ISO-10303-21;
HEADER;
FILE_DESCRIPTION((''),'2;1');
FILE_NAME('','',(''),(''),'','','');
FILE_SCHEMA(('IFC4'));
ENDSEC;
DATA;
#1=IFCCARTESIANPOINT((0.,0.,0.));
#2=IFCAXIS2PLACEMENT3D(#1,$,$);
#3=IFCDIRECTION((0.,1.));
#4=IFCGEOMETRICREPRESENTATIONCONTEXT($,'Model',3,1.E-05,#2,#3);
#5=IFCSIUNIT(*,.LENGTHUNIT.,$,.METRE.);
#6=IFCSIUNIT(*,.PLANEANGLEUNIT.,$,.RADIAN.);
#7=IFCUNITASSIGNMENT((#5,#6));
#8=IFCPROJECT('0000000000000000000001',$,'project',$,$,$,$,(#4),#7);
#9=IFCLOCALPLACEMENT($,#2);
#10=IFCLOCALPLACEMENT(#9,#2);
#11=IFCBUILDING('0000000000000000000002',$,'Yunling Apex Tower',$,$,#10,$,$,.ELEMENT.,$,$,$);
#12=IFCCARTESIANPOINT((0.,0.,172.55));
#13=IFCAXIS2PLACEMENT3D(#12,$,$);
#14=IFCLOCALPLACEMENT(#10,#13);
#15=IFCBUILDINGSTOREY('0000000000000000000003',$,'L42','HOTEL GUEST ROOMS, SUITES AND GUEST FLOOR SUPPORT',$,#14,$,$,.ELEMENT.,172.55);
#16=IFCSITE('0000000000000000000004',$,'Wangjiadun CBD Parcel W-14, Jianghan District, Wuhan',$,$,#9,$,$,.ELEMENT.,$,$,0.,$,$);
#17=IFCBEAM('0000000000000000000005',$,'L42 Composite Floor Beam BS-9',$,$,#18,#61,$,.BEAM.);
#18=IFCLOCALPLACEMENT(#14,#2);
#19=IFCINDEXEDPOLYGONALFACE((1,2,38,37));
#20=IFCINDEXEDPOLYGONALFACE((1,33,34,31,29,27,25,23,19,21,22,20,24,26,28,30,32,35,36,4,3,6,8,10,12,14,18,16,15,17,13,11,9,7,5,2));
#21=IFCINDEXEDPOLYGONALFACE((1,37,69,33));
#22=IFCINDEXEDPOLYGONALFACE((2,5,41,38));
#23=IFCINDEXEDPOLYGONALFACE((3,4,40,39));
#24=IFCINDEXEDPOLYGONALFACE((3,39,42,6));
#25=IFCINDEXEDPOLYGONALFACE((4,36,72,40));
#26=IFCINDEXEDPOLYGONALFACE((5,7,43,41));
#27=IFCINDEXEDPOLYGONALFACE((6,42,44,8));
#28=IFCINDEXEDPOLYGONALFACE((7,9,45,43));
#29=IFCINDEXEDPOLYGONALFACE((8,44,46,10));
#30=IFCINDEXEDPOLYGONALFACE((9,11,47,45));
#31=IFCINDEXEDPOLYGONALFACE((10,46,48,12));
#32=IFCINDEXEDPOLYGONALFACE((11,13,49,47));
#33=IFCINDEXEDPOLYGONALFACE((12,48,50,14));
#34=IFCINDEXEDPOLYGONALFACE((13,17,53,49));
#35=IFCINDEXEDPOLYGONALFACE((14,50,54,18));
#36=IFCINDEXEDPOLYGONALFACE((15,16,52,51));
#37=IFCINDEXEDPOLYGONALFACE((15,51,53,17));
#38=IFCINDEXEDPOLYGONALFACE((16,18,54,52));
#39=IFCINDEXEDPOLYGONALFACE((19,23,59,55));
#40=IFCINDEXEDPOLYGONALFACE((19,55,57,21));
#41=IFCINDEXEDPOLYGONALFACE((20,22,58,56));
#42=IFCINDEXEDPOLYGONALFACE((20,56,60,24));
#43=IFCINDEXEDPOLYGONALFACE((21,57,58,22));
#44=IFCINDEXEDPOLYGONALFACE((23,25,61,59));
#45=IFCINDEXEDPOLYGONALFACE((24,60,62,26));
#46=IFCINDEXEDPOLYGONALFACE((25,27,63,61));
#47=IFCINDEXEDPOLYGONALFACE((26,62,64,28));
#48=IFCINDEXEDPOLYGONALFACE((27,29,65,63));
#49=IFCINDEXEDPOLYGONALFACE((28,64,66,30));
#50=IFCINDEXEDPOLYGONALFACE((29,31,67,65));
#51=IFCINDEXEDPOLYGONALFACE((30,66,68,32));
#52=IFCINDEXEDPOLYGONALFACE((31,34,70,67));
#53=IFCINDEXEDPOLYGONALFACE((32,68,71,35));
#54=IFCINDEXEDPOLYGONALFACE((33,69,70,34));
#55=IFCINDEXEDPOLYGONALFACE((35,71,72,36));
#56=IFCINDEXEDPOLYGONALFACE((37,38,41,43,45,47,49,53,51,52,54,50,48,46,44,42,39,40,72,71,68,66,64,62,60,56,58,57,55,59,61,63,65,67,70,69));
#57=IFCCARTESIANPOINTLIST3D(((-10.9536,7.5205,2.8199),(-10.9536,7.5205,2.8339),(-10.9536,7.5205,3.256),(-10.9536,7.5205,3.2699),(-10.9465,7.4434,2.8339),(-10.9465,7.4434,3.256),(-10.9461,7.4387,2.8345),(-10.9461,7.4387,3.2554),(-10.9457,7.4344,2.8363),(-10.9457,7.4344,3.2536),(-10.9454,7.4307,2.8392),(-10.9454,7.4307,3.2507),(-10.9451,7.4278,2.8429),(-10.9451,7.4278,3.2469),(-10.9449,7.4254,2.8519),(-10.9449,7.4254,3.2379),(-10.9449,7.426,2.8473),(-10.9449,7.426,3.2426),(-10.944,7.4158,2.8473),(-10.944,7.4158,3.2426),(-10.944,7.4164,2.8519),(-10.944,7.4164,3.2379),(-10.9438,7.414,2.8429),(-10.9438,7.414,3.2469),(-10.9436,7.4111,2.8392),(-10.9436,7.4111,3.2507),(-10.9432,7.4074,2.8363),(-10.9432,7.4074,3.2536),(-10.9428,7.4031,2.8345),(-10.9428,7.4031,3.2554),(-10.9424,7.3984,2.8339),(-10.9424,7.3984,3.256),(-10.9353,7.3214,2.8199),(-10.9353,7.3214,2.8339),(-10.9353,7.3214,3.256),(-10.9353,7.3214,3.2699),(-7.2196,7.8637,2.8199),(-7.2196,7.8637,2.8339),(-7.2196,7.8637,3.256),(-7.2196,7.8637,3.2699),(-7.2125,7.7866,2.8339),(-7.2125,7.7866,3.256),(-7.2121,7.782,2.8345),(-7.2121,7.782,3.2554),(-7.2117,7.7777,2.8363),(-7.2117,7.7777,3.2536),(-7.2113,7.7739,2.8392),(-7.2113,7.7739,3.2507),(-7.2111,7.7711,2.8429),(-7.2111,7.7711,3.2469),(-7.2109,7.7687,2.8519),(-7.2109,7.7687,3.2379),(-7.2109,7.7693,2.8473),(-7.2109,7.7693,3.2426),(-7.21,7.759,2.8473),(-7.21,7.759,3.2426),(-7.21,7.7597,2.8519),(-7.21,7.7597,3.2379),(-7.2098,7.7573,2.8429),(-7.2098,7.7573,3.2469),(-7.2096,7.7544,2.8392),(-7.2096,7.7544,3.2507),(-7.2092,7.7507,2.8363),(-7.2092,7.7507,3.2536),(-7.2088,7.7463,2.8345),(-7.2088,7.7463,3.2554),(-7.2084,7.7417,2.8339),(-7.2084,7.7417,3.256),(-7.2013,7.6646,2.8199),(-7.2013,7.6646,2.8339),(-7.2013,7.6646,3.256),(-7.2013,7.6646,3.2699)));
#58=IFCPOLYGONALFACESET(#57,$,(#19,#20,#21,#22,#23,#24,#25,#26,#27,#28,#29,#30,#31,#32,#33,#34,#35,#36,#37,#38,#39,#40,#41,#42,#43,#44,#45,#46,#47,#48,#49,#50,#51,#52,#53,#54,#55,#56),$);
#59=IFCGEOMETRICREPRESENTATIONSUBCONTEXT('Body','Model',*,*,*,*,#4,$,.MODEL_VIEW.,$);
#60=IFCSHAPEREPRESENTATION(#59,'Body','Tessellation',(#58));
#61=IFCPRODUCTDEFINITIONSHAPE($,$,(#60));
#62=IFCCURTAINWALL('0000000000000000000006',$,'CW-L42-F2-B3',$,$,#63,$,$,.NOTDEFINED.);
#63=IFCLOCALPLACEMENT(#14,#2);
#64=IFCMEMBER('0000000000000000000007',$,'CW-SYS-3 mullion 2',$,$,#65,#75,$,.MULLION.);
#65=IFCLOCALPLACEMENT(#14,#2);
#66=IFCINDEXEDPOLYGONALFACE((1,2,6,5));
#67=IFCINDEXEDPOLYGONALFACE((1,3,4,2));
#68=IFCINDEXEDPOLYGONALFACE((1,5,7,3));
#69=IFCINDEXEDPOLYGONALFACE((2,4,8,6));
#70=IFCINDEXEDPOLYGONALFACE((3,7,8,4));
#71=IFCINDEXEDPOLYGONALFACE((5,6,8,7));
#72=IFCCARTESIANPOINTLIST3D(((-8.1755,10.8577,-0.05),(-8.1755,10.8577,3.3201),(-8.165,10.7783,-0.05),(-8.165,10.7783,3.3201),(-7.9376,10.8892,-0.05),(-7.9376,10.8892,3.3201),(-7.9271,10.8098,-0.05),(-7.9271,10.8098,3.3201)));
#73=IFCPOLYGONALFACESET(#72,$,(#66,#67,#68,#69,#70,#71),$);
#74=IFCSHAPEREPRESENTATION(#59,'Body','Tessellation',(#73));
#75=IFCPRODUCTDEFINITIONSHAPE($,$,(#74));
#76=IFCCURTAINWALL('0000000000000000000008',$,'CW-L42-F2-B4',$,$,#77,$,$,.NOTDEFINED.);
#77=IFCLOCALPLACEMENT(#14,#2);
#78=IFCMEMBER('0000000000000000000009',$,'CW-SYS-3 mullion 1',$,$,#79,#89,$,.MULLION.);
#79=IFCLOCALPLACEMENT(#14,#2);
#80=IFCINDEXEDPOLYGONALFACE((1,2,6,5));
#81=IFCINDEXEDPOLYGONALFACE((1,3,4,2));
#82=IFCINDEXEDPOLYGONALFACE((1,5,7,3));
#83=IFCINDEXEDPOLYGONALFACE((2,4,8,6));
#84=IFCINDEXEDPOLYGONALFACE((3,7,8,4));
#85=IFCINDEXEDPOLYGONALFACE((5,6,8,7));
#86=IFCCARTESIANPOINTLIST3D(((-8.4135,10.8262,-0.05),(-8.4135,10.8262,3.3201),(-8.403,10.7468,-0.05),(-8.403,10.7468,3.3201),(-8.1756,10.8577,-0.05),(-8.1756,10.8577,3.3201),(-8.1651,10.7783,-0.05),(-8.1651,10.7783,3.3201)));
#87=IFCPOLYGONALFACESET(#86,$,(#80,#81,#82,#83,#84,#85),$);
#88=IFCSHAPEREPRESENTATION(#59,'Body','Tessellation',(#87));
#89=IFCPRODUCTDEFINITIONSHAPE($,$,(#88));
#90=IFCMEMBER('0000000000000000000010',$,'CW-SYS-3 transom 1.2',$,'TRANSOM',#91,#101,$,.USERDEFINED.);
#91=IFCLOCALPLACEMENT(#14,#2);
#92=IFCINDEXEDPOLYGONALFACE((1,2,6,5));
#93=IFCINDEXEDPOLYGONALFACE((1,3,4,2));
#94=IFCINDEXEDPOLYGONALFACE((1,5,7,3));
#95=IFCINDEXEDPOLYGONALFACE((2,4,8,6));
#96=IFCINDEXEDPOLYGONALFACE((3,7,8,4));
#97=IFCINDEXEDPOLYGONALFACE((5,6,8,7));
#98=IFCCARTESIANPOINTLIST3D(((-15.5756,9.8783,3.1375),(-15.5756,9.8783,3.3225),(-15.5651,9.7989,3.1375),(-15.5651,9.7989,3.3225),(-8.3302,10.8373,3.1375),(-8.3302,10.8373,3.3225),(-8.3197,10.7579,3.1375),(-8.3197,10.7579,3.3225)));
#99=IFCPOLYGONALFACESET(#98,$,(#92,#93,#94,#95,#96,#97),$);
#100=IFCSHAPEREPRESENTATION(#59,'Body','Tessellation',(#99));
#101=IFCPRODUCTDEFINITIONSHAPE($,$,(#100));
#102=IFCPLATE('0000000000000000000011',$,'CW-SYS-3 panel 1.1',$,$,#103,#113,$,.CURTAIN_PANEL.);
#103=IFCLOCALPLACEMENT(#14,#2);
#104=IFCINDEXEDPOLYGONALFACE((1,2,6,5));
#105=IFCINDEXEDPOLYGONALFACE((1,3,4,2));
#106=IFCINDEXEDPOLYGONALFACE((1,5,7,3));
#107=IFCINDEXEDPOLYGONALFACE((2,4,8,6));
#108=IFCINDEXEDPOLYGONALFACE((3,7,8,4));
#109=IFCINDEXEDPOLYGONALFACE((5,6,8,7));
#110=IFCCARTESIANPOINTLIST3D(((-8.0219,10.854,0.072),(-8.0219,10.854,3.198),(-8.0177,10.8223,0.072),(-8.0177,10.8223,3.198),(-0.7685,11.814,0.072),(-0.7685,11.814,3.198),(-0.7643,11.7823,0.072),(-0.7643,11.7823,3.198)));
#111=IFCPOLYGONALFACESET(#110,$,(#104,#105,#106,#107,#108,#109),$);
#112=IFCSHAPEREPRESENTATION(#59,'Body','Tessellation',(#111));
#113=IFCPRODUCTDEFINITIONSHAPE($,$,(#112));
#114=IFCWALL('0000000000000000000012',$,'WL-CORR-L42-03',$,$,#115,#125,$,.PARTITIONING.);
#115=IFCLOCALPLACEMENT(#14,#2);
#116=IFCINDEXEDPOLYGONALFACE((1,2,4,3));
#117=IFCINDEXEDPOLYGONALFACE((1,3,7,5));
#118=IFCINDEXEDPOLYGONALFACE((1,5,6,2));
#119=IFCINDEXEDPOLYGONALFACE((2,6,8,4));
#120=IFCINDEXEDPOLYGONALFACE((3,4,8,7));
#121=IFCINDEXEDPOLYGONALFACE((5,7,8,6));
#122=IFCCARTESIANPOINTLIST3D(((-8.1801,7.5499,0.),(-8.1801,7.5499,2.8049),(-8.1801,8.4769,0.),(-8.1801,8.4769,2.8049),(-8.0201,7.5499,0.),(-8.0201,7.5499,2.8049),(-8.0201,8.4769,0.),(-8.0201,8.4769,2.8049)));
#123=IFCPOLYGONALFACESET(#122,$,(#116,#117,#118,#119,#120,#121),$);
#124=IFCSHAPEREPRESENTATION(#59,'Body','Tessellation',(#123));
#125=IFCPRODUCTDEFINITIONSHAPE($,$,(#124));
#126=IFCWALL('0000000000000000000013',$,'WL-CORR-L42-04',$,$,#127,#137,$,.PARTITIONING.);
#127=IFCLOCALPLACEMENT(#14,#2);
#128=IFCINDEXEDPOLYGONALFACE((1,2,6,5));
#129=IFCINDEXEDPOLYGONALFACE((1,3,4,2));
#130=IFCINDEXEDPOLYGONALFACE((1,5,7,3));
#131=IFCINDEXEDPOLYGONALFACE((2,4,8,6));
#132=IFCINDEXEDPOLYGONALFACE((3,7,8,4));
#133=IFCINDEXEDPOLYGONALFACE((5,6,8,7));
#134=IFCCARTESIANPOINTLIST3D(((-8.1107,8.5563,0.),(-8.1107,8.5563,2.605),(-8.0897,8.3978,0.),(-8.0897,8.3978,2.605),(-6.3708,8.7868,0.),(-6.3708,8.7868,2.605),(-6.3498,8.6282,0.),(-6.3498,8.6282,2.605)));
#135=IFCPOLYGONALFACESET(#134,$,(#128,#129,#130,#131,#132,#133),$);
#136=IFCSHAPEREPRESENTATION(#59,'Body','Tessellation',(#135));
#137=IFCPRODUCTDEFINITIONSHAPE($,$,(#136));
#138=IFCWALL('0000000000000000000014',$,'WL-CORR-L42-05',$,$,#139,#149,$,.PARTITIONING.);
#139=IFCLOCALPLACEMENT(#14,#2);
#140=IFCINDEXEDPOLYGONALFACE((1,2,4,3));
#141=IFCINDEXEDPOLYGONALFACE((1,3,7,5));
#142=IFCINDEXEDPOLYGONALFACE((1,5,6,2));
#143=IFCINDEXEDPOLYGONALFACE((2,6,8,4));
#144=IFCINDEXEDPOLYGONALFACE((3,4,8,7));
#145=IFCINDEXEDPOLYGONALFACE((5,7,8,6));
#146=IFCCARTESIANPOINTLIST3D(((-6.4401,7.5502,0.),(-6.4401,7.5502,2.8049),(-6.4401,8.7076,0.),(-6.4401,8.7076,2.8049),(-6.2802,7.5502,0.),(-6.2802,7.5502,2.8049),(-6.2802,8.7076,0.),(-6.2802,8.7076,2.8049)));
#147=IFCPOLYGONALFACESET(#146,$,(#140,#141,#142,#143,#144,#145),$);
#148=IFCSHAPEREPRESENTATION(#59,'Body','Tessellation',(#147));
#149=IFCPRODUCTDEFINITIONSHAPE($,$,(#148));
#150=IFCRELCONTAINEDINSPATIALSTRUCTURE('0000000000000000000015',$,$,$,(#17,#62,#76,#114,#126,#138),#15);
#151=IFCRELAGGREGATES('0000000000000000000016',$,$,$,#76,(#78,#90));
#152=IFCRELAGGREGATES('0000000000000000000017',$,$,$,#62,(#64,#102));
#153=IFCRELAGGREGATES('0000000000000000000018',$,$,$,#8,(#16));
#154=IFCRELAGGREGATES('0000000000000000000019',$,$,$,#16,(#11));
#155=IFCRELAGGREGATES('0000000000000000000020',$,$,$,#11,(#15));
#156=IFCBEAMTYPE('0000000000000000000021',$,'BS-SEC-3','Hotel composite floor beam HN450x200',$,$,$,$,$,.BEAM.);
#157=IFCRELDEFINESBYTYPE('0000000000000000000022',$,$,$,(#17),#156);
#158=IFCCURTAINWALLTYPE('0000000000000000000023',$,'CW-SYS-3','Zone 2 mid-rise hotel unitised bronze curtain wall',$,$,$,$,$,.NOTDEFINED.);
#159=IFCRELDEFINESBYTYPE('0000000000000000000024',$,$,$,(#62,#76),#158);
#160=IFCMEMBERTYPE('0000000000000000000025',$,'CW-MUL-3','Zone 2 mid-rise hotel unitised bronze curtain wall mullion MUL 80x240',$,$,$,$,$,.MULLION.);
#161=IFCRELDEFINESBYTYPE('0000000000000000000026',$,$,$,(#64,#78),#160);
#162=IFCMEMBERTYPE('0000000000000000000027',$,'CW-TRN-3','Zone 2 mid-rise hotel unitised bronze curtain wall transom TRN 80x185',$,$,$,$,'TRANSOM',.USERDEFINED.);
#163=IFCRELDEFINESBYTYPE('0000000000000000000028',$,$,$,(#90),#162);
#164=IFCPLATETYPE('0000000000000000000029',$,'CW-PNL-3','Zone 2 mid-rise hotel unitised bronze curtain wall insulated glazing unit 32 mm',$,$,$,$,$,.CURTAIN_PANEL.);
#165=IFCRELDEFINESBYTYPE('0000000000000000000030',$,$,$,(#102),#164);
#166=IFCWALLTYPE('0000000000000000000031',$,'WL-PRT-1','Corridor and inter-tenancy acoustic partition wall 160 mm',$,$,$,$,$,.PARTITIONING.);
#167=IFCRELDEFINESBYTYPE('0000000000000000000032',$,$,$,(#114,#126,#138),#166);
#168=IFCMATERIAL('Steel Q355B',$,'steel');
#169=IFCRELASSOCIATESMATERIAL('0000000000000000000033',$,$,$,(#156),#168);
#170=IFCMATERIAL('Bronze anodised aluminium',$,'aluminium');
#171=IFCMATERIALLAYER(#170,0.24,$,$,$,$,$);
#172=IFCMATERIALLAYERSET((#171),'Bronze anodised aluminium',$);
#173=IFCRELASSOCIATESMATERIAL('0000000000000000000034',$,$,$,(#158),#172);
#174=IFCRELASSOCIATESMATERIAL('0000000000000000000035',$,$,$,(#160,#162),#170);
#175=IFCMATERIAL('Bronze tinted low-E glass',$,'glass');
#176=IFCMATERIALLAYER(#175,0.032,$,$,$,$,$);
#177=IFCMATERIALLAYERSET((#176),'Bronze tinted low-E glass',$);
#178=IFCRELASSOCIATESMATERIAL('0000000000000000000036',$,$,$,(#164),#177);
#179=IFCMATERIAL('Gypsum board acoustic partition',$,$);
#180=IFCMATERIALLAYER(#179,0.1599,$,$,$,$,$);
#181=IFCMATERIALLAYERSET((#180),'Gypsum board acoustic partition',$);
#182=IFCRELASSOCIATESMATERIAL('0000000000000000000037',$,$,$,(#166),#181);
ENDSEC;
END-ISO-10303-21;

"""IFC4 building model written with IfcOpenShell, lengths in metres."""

from ifc_helpers import new_model, si_unit, direction, frame, frame_2d, origin, origin_2d, place, context, subcontext, project, spatial, rectangle, i_section, extrude, source, transform, mapped, material, layer, layer_set, material_profile, profile_set, type_object, element, aggregate, save


model = new_model("IFC4")

# Units and contexts
model_context = context("Model", 3, precision=1e-05, world=origin(), true_north=direction((0.0, 1.0)))
body_context = subcontext(model_context, "Body", "Model", "MODEL_VIEW")
ifc_project = project(units=[si_unit("LENGTHUNIT", "METRE"), si_unit("PLANEANGLEUNIT", "RADIAN")], contexts=[model_context])

# Site, building, storey
site_placement = place(None, origin())
site = spatial("IfcSite", under=ifc_project, at=site_placement, Name="Wangjiadun CBD Parcel W-14, Jianghan District, Wuhan", CompositionType="ELEMENT", RefElevation=0.0)
building_placement = place(site_placement, origin())
building = spatial("IfcBuilding", under=site, at=building_placement, Name="Yunling Apex Tower", CompositionType="ELEMENT")
storey_placement = place(building_placement, frame((0.0, 0.0, 172.55)))
storey = spatial("IfcBuildingStorey", under=building, at=storey_placement, Name="L42", Description="HOTEL GUEST ROOMS, SUITES AND GUEST FLOOR SUPPORT", CompositionType="ELEMENT", Elevation=172.55)

# Beam
ifc_material_1 = material(Name="Steel Q355B", Category="steel")
ifc_material_profile_1 = material_profile(ifc_material_1, i_section(OverallWidth=0.2, OverallDepth=0.45, WebThickness=0.009, FlangeThickness=0.0139, FilletRadius=0.0181, at=origin_2d()))
ifc_profile_set_1 = profile_set([ifc_material_profile_1], Name="Steel Q355B")
beam_type_1 = type_object("IfcBeamType", Name="BS-SEC-3", Description="Hotel composite floor beam HN450x200", PredefinedType="BEAM", material=ifc_profile_set_1)
shared_shape_1 = source(origin(), body_context, "Body", "SweptSolid", [
    extrude(i_section(OverallWidth=0.2, OverallDepth=0.45, WebThickness=0.009, FlangeThickness=0.0139, FilletRadius=0.0181, at=origin_2d()), origin(), (0.0, 0.0, 1.0), 3.7498),
])
beam_1_placement = place(storey_placement, frame((-7.2104, 7.7642, 3.0449), z_axis=(-0.995801, -0.09154, 0.0), x_axis=(0.09154, -0.995801, 0.0)))
element("IfcBeam", 1, at=beam_1_placement, inside=storey, type_object=beam_type_1, Name="L42 Composite Floor Beam BS-9", PredefinedType="BEAM", context=body_context, shape_type="MappedRepresentation", body=[
    mapped(shared_shape_1, transform((0.0, 0.0, 0.0), scale=1.0)),
])

# Curtain wall, member
ifc_material_2 = material(Name="Bronze anodised aluminium", Category="aluminium")
ifc_layer_1 = layer(ifc_material_2, 0.24)
ifc_layer_set_1 = layer_set([ifc_layer_1], Name="Bronze anodised aluminium")
curtain_wall_type = type_object("IfcCurtainWallType", Name="CW-SYS-3", Description="Zone 2 mid-rise hotel unitised bronze curtain wall", PredefinedType="NOTDEFINED", material=ifc_layer_set_1)
curtain_wall_1_placement = place(storey_placement, origin())
curtain_wall_1 = element("IfcCurtainWall", 2, at=curtain_wall_1_placement, inside=storey, type_object=curtain_wall_type, Name="CW-L42-F2-B3", PredefinedType="NOTDEFINED")
ifc_material_profile_2 = material_profile(ifc_material_2, rectangle(XDim=0.0801, YDim=0.24, at=origin_2d()))
ifc_profile_set_2 = profile_set([ifc_material_profile_2], Name="Bronze anodised aluminium")
member_type_1 = type_object("IfcMemberType", Name="CW-MUL-3", Description="Zone 2 mid-rise hotel unitised bronze curtain wall mullion MUL 80x240", PredefinedType="MULLION", material=ifc_profile_set_2)
shared_shape_2 = source(origin(), body_context, "Body", "SweptSolid", [
    extrude(rectangle(XDim=0.0801, YDim=0.24, at=origin_2d()), origin(), (0.0, 0.0, 1.0), 3.3701),
])
member_1_placement = place(storey_placement, frame((-8.0513, 10.8337, -0.05), z_axis=(0.0, 0.0, 1.0), x_axis=(0.131209, -0.991355, 0.0)))
member_1 = element("IfcMember", 3, at=member_1_placement, type_object=member_type_1, Name="CW-SYS-3 mullion 2", PredefinedType="MULLION", context=body_context, shape_type="MappedRepresentation", body=[
    mapped(shared_shape_2, transform((0.0, 0.0, 0.0), scale=1.0)),
])

# Curtain wall, members
curtain_wall_2_placement = place(storey_placement, origin())
curtain_wall_2 = element("IfcCurtainWall", 4, at=curtain_wall_2_placement, inside=storey, type_object=curtain_wall_type, Name="CW-L42-F2-B4", PredefinedType="NOTDEFINED")
member_2_placement = place(storey_placement, frame((-8.2893, 10.8022, -0.05), z_axis=(0.0, 0.0, 1.0), x_axis=(0.131222, -0.991353, 0.0)))
member_2 = element("IfcMember", 5, at=member_2_placement, type_object=member_type_1, Name="CW-SYS-3 mullion 1", PredefinedType="MULLION", context=body_context, shape_type="MappedRepresentation", body=[
    mapped(shared_shape_2, transform((0.0, 0.0, 0.0), scale=1.0)),
])
ifc_material_profile_3 = material_profile(ifc_material_2, rectangle(XDim=0.0801, YDim=0.1851, at=origin_2d()))
ifc_profile_set_3 = profile_set([ifc_material_profile_3], Name="Bronze anodised aluminium")
member_type_2 = type_object("IfcMemberType", Name="CW-TRN-3", Description="Zone 2 mid-rise hotel unitised bronze curtain wall transom TRN 80x185", ElementType="TRANSOM", PredefinedType="USERDEFINED", material=ifc_profile_set_3)
shared_shape_3 = source(origin(), body_context, "Body", "SweptSolid", [
    extrude(rectangle(XDim=0.0801, YDim=0.1851, at=origin_2d()), origin(), (0.0, 0.0, 1.0), 7.3086),
])
member_3_placement = place(storey_placement, frame((-8.325, 10.7976, 3.23), z_axis=(-0.991354, -0.131214, 0.0), x_axis=(0.131214, -0.991354, 0.0)))
member_3 = element("IfcMember", 6, at=member_3_placement, type_object=member_type_2, Name="CW-SYS-3 transom 1.2", ObjectType="TRANSOM", PredefinedType="USERDEFINED", context=body_context, shape_type="MappedRepresentation", body=[
    mapped(shared_shape_3, transform((0.0, 0.0, 0.0), scale=1.0)),
])
aggregate(curtain_wall_2, [member_2, member_3])

# Plate
ifc_material_3 = material(Name="Bronze tinted low-E glass", Category="glass")
ifc_layer_2 = layer(ifc_material_3, 0.032)
ifc_layer_set_2 = layer_set([ifc_layer_2], Name="Bronze tinted low-E glass")
plate_type = type_object("IfcPlateType", Name="CW-PNL-3", Description="Zone 2 mid-rise hotel unitised bronze curtain wall insulated glazing unit 32 mm", PredefinedType="CURTAIN_PANEL", material=ifc_layer_set_2)
shared_shape_4 = source(origin(), body_context, "Body", "SweptSolid", [
    extrude(rectangle(XDim=7.3167, YDim=0.032, at=origin_2d()), origin(), (0.0, 0.0, 1.0), 3.126),
])
plate_placement = place(storey_placement, frame((-4.3931, 11.3181, 0.072), z_axis=(0.0, 0.0, 1.0), x_axis=(-0.991355, -0.131209, 0.0)))
plate = element("IfcPlate", 7, at=plate_placement, type_object=plate_type, Name="CW-SYS-3 panel 1.1", PredefinedType="CURTAIN_PANEL", context=body_context, shape_type="MappedRepresentation", body=[
    mapped(shared_shape_4, transform((0.0, 0.0, 0.0), scale=1.0)),
])
aggregate(curtain_wall_1, [member_1, plate])

# Walls
ifc_material_4 = material(Name="Gypsum board acoustic partition")
ifc_layer_3 = layer(ifc_material_4, 0.1599)
ifc_layer_set_3 = layer_set([ifc_layer_3], Name="Gypsum board acoustic partition")
wall_type_1 = type_object("IfcWallType", Name="WL-PRT-1", Description="Corridor and inter-tenancy acoustic partition wall 160 mm", PredefinedType="PARTITIONING", material=ifc_layer_set_3)
wall_1_placement = place(storey_placement, frame((-8.1001, 7.55, 0.0), z_axis=(0.0, 0.0, 1.0), x_axis=(0.0, 1.0, 0.0)))
element("IfcWall", 8, at=wall_1_placement, inside=storey, type_object=wall_type_1, Name="WL-CORR-L42-03", PredefinedType="PARTITIONING", context=body_context, shape_type="SweptSolid", body=[
    extrude(rectangle(XDim=0.927, YDim=0.1599, at=frame_2d((0.4634, 0.0))), origin(), (0.0, 0.0, 1.0), 2.8049),
])
wall_2_placement = place(storey_placement, frame((-8.1001, 8.4771, 0.0), z_axis=(0.0, 0.0, 1.0), x_axis=(0.991342, 0.131307, 0.0)))
element("IfcWall", 9, at=wall_2_placement, inside=storey, type_object=wall_type_1, Name="WL-CORR-L42-04", PredefinedType="PARTITIONING", context=body_context, shape_type="SweptSolid", body=[
    extrude(rectangle(XDim=1.7551, YDim=0.1599, at=frame_2d((0.8774, 0.0))), origin(), (0.0, 0.0, 1.0), 2.605),
])
wall_3_placement = place(storey_placement, frame((-6.3601, 8.7075, 0.0), z_axis=(0.0, 0.0, 1.0), x_axis=(0.0, -1.0, 0.0)))
element("IfcWall", 10, at=wall_3_placement, inside=storey, type_object=wall_type_1, Name="WL-CORR-L42-05", PredefinedType="PARTITIONING", context=body_context, shape_type="SweptSolid", body=[
    extrude(rectangle(XDim=1.1575, YDim=0.1599, at=frame_2d((0.5786, 0.0))), origin(), (0.0, 0.0, 1.0), 2.8049),
])

save(model, "model.ifc")
